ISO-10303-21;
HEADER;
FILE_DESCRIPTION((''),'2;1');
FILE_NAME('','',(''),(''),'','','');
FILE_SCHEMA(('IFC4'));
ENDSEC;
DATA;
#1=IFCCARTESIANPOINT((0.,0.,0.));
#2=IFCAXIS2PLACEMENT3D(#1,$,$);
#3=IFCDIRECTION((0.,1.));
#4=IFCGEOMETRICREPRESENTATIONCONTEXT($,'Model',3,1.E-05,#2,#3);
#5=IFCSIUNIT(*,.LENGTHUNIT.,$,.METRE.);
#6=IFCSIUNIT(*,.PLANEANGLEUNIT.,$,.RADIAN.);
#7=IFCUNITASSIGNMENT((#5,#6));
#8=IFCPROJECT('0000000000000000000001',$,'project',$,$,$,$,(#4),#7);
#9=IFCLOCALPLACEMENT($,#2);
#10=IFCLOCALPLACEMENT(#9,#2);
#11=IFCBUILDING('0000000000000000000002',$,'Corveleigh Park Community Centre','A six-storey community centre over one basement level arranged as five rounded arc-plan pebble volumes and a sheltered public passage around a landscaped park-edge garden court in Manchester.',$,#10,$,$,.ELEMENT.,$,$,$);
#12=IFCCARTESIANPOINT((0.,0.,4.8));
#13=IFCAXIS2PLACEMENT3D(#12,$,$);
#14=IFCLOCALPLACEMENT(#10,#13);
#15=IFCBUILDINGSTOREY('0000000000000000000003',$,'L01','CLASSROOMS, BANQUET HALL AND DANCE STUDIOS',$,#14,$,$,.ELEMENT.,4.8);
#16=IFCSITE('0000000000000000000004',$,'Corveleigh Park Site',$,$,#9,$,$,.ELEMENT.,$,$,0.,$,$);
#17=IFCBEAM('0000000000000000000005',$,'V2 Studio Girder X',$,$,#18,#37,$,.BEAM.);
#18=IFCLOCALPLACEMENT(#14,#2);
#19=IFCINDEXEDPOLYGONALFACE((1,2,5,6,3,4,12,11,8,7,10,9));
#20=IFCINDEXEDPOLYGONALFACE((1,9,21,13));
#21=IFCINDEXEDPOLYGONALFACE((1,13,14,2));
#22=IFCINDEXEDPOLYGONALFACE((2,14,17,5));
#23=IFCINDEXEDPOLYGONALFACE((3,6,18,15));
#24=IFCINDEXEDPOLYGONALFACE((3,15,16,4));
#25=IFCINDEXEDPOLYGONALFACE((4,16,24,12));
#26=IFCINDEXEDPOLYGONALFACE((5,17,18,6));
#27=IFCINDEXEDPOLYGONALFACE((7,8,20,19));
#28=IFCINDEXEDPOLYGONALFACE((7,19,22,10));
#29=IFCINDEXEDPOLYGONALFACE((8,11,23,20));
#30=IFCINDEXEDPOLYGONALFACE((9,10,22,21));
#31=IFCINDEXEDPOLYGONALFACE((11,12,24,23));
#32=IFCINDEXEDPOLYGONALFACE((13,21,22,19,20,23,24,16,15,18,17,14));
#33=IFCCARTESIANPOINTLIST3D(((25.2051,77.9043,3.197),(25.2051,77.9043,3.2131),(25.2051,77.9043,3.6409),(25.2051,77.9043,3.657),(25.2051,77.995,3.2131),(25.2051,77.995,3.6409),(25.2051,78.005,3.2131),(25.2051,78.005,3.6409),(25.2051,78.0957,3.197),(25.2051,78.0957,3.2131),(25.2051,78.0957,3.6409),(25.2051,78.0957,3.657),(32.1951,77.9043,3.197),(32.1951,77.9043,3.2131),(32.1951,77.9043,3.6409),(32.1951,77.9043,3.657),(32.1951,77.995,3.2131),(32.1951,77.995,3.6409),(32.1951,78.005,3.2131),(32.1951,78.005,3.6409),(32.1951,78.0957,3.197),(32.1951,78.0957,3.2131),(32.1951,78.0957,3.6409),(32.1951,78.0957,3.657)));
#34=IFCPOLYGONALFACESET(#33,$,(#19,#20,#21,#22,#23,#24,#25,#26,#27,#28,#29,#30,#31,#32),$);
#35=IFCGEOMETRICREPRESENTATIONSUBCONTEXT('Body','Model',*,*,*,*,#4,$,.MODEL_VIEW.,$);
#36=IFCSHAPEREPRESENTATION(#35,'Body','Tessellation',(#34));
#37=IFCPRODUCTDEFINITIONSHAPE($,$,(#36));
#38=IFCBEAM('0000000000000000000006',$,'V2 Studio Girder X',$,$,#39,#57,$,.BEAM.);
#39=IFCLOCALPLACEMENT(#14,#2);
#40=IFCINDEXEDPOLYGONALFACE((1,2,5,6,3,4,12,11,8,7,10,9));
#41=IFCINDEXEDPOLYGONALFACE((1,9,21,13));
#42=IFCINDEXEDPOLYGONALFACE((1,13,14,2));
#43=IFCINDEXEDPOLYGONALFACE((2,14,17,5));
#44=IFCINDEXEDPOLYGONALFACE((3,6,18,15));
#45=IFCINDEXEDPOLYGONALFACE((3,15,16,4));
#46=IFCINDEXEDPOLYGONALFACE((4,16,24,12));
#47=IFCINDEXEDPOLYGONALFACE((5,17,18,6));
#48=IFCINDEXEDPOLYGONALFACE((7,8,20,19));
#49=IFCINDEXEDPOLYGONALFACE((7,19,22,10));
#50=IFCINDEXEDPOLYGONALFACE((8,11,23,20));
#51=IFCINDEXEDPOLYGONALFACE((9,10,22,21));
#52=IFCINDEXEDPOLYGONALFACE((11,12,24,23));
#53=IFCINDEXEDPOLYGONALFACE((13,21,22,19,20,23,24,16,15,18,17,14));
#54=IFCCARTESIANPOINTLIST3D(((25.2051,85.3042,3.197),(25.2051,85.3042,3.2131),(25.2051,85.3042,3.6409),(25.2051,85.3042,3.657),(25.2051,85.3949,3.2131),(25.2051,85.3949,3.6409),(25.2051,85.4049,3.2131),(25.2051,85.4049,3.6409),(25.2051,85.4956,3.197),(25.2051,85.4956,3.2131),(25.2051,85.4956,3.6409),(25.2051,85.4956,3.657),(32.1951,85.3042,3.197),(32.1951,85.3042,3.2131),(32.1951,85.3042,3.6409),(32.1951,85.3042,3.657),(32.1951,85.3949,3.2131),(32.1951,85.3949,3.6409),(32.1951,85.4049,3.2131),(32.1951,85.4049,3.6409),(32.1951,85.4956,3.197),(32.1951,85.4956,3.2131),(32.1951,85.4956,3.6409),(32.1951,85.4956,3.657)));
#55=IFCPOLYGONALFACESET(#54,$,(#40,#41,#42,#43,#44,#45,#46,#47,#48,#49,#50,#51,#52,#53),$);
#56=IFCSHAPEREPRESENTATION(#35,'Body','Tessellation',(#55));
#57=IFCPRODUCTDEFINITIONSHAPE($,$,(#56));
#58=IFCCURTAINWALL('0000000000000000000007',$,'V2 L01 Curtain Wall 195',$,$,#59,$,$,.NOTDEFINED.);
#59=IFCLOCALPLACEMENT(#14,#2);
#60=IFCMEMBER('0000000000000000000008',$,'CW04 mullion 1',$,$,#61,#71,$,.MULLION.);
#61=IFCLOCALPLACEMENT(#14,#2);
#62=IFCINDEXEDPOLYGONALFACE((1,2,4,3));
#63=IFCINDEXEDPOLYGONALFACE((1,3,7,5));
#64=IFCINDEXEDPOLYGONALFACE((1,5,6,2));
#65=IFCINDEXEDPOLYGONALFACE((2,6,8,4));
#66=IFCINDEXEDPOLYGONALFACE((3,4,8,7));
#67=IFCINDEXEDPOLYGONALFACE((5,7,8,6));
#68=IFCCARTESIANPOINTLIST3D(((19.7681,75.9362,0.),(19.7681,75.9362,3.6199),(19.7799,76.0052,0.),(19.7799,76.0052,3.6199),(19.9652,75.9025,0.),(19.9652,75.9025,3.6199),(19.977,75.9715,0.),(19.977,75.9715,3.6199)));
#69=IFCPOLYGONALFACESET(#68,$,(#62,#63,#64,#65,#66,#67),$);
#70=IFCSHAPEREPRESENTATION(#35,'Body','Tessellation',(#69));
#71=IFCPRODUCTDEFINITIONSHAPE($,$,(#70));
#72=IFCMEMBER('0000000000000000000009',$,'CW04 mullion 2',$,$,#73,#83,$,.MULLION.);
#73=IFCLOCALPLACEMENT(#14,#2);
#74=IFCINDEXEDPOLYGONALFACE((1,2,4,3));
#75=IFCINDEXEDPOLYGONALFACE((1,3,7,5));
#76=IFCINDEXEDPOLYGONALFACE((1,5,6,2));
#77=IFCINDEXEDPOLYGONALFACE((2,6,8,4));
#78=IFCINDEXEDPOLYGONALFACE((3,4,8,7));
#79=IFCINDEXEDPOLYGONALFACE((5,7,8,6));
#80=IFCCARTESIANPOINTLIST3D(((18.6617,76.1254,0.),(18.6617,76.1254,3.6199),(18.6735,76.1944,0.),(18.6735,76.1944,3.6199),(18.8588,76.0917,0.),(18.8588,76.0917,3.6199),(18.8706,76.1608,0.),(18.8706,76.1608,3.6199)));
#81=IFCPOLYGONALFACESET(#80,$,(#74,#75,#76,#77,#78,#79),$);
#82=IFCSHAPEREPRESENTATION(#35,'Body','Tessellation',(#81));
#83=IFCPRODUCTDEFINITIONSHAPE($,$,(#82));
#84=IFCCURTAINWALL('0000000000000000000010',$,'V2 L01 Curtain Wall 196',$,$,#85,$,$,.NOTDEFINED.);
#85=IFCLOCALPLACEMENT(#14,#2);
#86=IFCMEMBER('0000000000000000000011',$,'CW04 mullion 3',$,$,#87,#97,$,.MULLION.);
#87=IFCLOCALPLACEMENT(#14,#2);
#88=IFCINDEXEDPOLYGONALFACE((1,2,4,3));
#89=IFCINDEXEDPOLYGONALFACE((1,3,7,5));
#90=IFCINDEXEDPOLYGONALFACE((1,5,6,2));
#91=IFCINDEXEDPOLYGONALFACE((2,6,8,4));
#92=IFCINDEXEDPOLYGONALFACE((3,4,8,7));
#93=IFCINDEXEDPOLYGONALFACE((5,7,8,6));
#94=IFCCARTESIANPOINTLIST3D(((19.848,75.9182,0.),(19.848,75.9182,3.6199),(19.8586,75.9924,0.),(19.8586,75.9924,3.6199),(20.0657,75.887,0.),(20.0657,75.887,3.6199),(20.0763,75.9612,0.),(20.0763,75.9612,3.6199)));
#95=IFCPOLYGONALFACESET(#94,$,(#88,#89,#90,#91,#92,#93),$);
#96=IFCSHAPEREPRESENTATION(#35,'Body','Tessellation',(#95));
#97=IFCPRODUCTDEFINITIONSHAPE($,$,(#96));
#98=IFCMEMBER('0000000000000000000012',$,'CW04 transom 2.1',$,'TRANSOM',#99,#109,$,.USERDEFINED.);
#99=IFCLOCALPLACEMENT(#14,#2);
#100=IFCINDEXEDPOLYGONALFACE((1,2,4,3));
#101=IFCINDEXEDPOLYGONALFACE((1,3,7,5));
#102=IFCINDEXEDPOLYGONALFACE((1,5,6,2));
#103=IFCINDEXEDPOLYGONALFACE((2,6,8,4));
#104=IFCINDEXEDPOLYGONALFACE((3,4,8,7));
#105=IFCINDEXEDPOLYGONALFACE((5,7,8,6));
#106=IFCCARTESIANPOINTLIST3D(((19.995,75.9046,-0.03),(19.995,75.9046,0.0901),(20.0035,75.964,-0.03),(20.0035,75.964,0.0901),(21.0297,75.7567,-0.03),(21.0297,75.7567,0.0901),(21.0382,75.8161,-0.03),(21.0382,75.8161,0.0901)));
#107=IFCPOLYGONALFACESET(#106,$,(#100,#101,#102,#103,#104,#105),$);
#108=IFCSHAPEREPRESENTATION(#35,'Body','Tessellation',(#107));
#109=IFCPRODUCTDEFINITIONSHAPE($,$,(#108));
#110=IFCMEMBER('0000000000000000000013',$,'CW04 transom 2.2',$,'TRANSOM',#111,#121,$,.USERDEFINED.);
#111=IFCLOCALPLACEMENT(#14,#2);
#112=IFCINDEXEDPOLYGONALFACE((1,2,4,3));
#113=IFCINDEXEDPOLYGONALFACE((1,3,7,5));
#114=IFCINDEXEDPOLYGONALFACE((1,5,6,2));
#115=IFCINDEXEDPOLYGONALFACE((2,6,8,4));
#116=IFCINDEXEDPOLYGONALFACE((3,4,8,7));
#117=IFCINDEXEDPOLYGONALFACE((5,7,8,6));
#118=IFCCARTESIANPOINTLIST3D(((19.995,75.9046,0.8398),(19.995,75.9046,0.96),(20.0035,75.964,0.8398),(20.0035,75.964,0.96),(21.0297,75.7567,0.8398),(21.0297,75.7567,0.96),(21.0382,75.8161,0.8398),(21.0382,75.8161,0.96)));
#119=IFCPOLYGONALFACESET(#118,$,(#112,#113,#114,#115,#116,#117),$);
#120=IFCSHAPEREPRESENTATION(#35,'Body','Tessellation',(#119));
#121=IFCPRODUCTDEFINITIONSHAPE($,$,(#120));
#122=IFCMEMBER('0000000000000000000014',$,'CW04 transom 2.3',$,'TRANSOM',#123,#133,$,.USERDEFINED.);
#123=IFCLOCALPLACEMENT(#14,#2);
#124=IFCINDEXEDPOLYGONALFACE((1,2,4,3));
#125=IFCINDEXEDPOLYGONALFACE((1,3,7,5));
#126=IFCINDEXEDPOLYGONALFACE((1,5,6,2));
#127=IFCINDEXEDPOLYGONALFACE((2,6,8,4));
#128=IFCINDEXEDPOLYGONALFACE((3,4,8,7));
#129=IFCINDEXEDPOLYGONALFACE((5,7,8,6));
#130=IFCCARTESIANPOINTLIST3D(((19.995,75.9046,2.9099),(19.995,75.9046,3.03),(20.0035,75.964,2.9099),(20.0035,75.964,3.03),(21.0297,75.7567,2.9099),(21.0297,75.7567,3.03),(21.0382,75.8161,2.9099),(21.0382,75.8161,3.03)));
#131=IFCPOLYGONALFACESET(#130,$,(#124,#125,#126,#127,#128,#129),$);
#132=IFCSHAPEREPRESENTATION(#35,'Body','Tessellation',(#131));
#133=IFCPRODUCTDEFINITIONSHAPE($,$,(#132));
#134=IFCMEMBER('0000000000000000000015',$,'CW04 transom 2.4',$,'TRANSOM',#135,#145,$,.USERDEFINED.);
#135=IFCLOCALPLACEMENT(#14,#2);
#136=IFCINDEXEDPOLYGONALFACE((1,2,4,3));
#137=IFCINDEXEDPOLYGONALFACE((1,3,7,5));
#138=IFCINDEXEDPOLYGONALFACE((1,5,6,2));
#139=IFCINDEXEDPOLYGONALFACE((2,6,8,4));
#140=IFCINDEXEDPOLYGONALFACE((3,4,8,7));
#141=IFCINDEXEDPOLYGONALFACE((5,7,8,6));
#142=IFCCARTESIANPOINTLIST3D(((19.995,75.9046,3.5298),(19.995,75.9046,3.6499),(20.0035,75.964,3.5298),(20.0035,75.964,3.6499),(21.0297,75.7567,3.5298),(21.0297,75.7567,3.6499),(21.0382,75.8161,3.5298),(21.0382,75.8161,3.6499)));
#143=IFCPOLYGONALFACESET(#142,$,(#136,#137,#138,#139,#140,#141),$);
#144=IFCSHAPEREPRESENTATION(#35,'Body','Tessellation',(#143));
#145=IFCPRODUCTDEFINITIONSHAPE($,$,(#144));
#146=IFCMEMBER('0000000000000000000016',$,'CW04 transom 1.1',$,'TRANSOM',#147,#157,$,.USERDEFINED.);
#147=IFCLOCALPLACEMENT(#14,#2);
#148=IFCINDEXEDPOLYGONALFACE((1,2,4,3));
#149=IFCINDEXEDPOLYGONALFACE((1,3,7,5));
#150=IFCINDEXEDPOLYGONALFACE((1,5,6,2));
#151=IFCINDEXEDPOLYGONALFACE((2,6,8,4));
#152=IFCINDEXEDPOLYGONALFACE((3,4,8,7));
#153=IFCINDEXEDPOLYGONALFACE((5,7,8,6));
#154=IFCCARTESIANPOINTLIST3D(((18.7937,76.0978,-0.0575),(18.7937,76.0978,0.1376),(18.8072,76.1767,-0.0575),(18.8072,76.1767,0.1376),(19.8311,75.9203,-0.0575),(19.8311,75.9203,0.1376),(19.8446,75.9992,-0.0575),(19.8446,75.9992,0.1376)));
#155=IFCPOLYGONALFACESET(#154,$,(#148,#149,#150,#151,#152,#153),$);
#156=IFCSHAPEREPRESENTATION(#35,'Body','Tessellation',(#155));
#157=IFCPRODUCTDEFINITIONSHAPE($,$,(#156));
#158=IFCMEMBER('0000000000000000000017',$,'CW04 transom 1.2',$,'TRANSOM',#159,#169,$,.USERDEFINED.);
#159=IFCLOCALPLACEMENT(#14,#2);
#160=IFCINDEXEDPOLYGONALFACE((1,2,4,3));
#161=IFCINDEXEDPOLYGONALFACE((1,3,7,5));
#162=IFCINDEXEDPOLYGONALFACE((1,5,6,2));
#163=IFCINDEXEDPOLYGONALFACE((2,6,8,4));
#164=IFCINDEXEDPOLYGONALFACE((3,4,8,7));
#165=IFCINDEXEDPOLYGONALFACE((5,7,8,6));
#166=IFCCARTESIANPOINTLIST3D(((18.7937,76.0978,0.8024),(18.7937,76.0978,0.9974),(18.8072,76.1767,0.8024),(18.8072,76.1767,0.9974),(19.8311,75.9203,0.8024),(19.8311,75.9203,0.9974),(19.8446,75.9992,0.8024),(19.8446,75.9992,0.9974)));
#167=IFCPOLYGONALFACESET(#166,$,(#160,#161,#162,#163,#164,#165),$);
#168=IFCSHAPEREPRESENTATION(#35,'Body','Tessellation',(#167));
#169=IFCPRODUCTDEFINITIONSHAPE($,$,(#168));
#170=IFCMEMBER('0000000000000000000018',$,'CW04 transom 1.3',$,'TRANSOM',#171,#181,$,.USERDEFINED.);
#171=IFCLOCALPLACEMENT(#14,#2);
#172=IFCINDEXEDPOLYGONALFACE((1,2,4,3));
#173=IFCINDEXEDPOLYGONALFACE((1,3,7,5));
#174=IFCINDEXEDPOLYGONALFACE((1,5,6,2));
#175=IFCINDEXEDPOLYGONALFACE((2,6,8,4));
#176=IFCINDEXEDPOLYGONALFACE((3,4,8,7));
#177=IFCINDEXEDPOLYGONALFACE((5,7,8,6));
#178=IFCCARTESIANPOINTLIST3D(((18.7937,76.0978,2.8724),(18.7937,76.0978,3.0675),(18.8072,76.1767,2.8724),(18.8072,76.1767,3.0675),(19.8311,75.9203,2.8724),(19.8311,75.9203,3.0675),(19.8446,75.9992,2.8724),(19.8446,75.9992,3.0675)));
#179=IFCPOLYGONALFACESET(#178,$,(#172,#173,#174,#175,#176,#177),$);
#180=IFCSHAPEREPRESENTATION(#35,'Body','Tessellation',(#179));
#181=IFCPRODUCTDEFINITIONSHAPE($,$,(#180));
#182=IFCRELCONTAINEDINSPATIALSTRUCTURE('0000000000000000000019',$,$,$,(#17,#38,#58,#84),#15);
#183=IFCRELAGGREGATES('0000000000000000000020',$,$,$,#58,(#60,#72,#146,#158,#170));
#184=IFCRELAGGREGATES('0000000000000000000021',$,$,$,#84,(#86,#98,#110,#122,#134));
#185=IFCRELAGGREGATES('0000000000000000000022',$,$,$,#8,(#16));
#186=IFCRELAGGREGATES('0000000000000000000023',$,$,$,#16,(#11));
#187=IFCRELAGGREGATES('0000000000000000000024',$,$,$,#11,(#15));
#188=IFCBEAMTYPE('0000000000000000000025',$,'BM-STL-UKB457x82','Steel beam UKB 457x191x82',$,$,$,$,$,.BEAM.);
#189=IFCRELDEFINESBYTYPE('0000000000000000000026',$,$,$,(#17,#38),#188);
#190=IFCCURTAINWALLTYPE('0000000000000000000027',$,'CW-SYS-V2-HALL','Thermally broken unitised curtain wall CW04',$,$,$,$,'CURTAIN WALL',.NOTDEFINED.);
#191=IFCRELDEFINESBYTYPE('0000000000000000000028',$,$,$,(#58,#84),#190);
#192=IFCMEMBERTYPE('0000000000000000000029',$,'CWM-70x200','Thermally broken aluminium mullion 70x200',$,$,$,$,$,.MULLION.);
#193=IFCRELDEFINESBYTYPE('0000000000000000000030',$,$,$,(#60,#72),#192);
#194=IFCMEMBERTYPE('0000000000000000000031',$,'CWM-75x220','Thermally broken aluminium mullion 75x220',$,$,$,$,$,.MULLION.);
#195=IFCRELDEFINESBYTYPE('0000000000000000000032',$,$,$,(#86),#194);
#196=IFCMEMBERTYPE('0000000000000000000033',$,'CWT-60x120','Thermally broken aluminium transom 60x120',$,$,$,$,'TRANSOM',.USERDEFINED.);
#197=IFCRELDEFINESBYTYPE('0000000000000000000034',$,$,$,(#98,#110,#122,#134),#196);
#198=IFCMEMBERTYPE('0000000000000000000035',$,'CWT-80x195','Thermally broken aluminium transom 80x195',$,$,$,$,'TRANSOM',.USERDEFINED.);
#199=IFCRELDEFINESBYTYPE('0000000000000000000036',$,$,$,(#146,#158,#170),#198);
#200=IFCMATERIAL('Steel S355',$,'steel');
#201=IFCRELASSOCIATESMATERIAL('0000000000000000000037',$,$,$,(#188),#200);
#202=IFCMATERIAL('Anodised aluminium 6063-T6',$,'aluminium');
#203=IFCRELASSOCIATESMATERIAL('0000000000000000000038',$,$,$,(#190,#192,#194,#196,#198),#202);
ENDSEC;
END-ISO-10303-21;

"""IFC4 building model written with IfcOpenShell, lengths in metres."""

from ifc_helpers import new_model, si_unit, direction, frame, origin, origin_2d, place, context, subcontext, project, spatial, rectangle, i_section, extrude, material, material_profile, profile_set, type_object, element, aggregate, save


model = new_model("IFC4")

# Units and contexts
model_context = context("Model", 3, precision=1e-05, world=origin(), true_north=direction((0.0, 1.0)))
body_context = subcontext(model_context, "Body", "Model", "MODEL_VIEW")
ifc_project = project(units=[si_unit("LENGTHUNIT", "METRE"), si_unit("PLANEANGLEUNIT", "RADIAN")], contexts=[model_context])

# Site, building, storey
site_placement = place(None, origin())
site = spatial("IfcSite", under=ifc_project, at=site_placement, Name="Corveleigh Park Site", CompositionType="ELEMENT", RefElevation=0.0)
building_placement = place(site_placement, origin())
building = spatial("IfcBuilding", under=site, at=building_placement, Name="Corveleigh Park Community Centre", Description="A six-storey community centre over one basement level arranged as five rounded arc-plan pebble volumes and a sheltered public passage around a landscaped park-edge garden court in Manchester.", CompositionType="ELEMENT")
storey_placement = place(building_placement, frame((0.0, 0.0, 4.8)))
storey = spatial("IfcBuildingStorey", under=building, at=storey_placement, Name="L01", Description="CLASSROOMS, BANQUET HALL AND DANCE STUDIOS", CompositionType="ELEMENT", Elevation=4.8)

# Shared definitions
ifc_material_1 = material(Name="Steel S355", Category="steel")

# Beams
ifc_material_profile_1 = material_profile(ifc_material_1, i_section(OverallWidth=0.1914, OverallDepth=0.46, WebThickness=0.01, FlangeThickness=0.0161, at=origin_2d()), Name="UKB 457x191x82", Category="steel")
ifc_profile_set_1 = profile_set([ifc_material_profile_1], Name="Steel S355")
beam_type_1 = type_object("IfcBeamType", Name="BM-STL-UKB457x82", Description="Steel beam UKB 457x191x82", PredefinedType="BEAM", material=ifc_profile_set_1)
for number, where, z_axis, x_axis, name in (
    (1, (25.2051, 78.0, 3.427), (1.0, 0.0, 0.0), (0.0, 1.0, 0.0), "V2 Studio Girder X"),
    (2, (25.2051, 85.3999, 3.427), (1.0, 0.0, 0.0), (0.0, 1.0, 0.0), "V2 Studio Girder X"),
):
    element("IfcBeam", number, at=place(storey_placement, frame(where, z_axis=z_axis, x_axis=x_axis)), inside=storey, type_object=beam_type_1, Name=name, PredefinedType="BEAM", context=body_context, shape_type="SweptSolid", body=[
        extrude(i_section(OverallWidth=0.1914, OverallDepth=0.46, WebThickness=0.01, FlangeThickness=0.0161, at=origin_2d()), origin(), (0.0, 0.0, 1.0), 6.99),
    ])

# Curtain walls, members
ifc_material_2 = material(Name="Anodised aluminium 6063-T6", Category="aluminium")
curtain_wall_type = type_object("IfcCurtainWallType", Name="CW-SYS-V2-HALL", Description="Thermally broken unitised curtain wall CW04", ElementType="CURTAIN WALL", PredefinedType="NOTDEFINED", material=ifc_material_2)
curtain_wall_1_placement = place(storey_placement, origin())
curtain_wall_1 = element("IfcCurtainWall", 3, at=curtain_wall_1_placement, inside=storey, type_object=curtain_wall_type, Name="V2 L01 Curtain Wall 195", PredefinedType="NOTDEFINED")
ifc_material_profile_2 = material_profile(ifc_material_2, rectangle(XDim=0.0701, YDim=0.2, at=origin_2d()), Name="ALU-M70x200", Category="aluminium")
ifc_profile_set_2 = profile_set([ifc_material_profile_2], Name="Anodised aluminium 6063-T6")
member_type_1 = type_object("IfcMemberType", Name="CWM-70x200", Description="Thermally broken aluminium mullion 70x200", PredefinedType="MULLION", material=ifc_profile_set_2)
member_1_placement = place(storey_placement, frame((19.8726, 75.9539, 0.0), z_axis=(0.0, 0.0, 1.0), x_axis=(-0.16846, -0.985708, 0.0)))
member_1 = element("IfcMember", 4, at=member_1_placement, type_object=member_type_1, Name="CW04 mullion 1", PredefinedType="MULLION", context=body_context, shape_type="SweptSolid", body=[
    extrude(rectangle(XDim=0.0701, YDim=0.2, at=origin_2d()), origin(), (0.0, 0.0, 1.0), 3.6199),
])
member_2_placement = place(storey_placement, frame((18.7661, 76.1431, 0.0), z_axis=(0.0, 0.0, 1.0), x_axis=(-0.16846, -0.985708, 0.0)))
member_2 = element("IfcMember", 5, at=member_2_placement, type_object=member_type_1, Name="CW04 mullion 2", PredefinedType="MULLION", context=body_context, shape_type="SweptSolid", body=[
    extrude(rectangle(XDim=0.0701, YDim=0.2, at=origin_2d()), origin(), (0.0, 0.0, 1.0), 3.6199),
])
curtain_wall_2_placement = place(storey_placement, origin())
curtain_wall_2 = element("IfcCurtainWall", 6, at=curtain_wall_2_placement, inside=storey, type_object=curtain_wall_type, Name="V2 L01 Curtain Wall 196", PredefinedType="NOTDEFINED")
ifc_material_profile_3 = material_profile(ifc_material_2, rectangle(XDim=0.075, YDim=0.22, at=origin_2d()), Name="ALU-M75x220", Category="aluminium")
ifc_profile_set_3 = profile_set([ifc_material_profile_3], Name="Anodised aluminium 6063-T6")
member_type_2 = type_object("IfcMemberType", Name="CWM-75x220", Description="Thermally broken aluminium mullion 75x220", PredefinedType="MULLION", material=ifc_profile_set_3)
member_3_placement = place(storey_placement, frame((19.9622, 75.9397, 0.0), z_axis=(0.0, 0.0, 1.0), x_axis=(-0.141663, -0.989915, 0.0)))
member_3 = element("IfcMember", 7, at=member_3_placement, type_object=member_type_2, Name="CW04 mullion 3", PredefinedType="MULLION", context=body_context, shape_type="SweptSolid", body=[
    extrude(rectangle(XDim=0.075, YDim=0.22, at=origin_2d()), origin(), (0.0, 0.0, 1.0), 3.6199),
])
ifc_material_profile_4 = material_profile(ifc_material_2, rectangle(XDim=0.0601, YDim=0.1201, at=origin_2d()), Name="ALU-T60x120", Category="aluminium")
ifc_profile_set_4 = profile_set([ifc_material_profile_4], Name="Anodised aluminium 6063-T6")
member_type_3 = type_object("IfcMemberType", Name="CWT-60x120", Description="Thermally broken aluminium transom 60x120", ElementType="TRANSOM", PredefinedType="USERDEFINED", material=ifc_profile_set_4)
member_4_placement = place(storey_placement, frame((21.0339, 75.7864, 0.03), z_axis=(-0.989931, 0.141552, 0.0), x_axis=(-0.141552, -0.989931, 0.0)))
member_4 = element("IfcMember", 8, at=member_4_placement, type_object=member_type_3, Name="CW04 transom 2.1", ObjectType="TRANSOM", PredefinedType="USERDEFINED", context=body_context, shape_type="SweptSolid", body=[
    extrude(rectangle(XDim=0.0601, YDim=0.1201, at=origin_2d()), origin(), (0.0, 0.0, 1.0), 1.0452),
])
member_5_placement = place(storey_placement, frame((21.0339, 75.7864, 0.8999), z_axis=(-0.989931, 0.141552, 0.0), x_axis=(-0.141552, -0.989931, 0.0)))
member_5 = element("IfcMember", 9, at=member_5_placement, type_object=member_type_3, Name="CW04 transom 2.2", ObjectType="TRANSOM", PredefinedType="USERDEFINED", context=body_context, shape_type="SweptSolid", body=[
    extrude(rectangle(XDim=0.0601, YDim=0.1201, at=origin_2d()), origin(), (0.0, 0.0, 1.0), 1.0452),
])
member_6_placement = place(storey_placement, frame((21.0339, 75.7864, 2.97), z_axis=(-0.989931, 0.141552, 0.0), x_axis=(-0.141552, -0.989931, 0.0)))
member_6 = element("IfcMember", 10, at=member_6_placement, type_object=member_type_3, Name="CW04 transom 2.3", ObjectType="TRANSOM", PredefinedType="USERDEFINED", context=body_context, shape_type="SweptSolid", body=[
    extrude(rectangle(XDim=0.0601, YDim=0.1201, at=origin_2d()), origin(), (0.0, 0.0, 1.0), 1.0452),
])
member_7_placement = place(storey_placement, frame((21.0339, 75.7864, 3.5898), z_axis=(-0.989931, 0.141552, 0.0), x_axis=(-0.141552, -0.989931, 0.0)))
member_7 = element("IfcMember", 11, at=member_7_placement, type_object=member_type_3, Name="CW04 transom 2.4", ObjectType="TRANSOM", PredefinedType="USERDEFINED", context=body_context, shape_type="SweptSolid", body=[
    extrude(rectangle(XDim=0.0601, YDim=0.1201, at=origin_2d()), origin(), (0.0, 0.0, 1.0), 1.0452),
])

# Members
ifc_material_profile_5 = material_profile(ifc_material_2, rectangle(XDim=0.0801, YDim=0.1951, at=origin_2d()), Name="ALU-T80x195", Category="aluminium")
ifc_profile_set_5 = profile_set([ifc_material_profile_5], Name="Anodised aluminium 6063-T6")
member_type_4 = type_object("IfcMemberType", Name="CWT-80x195", Description="Thermally broken aluminium transom 80x195", ElementType="TRANSOM", PredefinedType="USERDEFINED", material=ifc_profile_set_5)
member_8_placement = place(storey_placement, frame((19.8379, 75.9597, 0.04), z_axis=(-0.985676, 0.168648, 0.0), x_axis=(-0.168648, -0.985676, 0.0)))
member_8 = element("IfcMember", 12, at=member_8_placement, type_object=member_type_4, Name="CW04 transom 1.1", ObjectType="TRANSOM", PredefinedType="USERDEFINED", context=body_context, shape_type="SweptSolid", body=[
    extrude(rectangle(XDim=0.0801, YDim=0.1951, at=origin_2d()), origin(), (0.0, 0.0, 1.0), 1.0525),
])
member_9_placement = place(storey_placement, frame((19.8379, 75.9597, 0.8999), z_axis=(-0.985676, 0.168648, 0.0), x_axis=(-0.168648, -0.985676, 0.0)))
member_9 = element("IfcMember", 13, at=member_9_placement, type_object=member_type_4, Name="CW04 transom 1.2", ObjectType="TRANSOM", PredefinedType="USERDEFINED", context=body_context, shape_type="SweptSolid", body=[
    extrude(rectangle(XDim=0.0801, YDim=0.1951, at=origin_2d()), origin(), (0.0, 0.0, 1.0), 1.0525),
])
member_10_placement = place(storey_placement, frame((19.8379, 75.9597, 2.97), z_axis=(-0.985676, 0.168648, 0.0), x_axis=(-0.168648, -0.985676, 0.0)))
member_10 = element("IfcMember", 14, at=member_10_placement, type_object=member_type_4, Name="CW04 transom 1.3", ObjectType="TRANSOM", PredefinedType="USERDEFINED", context=body_context, shape_type="SweptSolid", body=[
    extrude(rectangle(XDim=0.0801, YDim=0.1951, at=origin_2d()), origin(), (0.0, 0.0, 1.0), 1.0525),
])

aggregate(curtain_wall_1, [member_1, member_2, member_8, member_9, member_10])
aggregate(curtain_wall_2, [member_3, member_4, member_5, member_6, member_7])

save(model, "model.ifc")
